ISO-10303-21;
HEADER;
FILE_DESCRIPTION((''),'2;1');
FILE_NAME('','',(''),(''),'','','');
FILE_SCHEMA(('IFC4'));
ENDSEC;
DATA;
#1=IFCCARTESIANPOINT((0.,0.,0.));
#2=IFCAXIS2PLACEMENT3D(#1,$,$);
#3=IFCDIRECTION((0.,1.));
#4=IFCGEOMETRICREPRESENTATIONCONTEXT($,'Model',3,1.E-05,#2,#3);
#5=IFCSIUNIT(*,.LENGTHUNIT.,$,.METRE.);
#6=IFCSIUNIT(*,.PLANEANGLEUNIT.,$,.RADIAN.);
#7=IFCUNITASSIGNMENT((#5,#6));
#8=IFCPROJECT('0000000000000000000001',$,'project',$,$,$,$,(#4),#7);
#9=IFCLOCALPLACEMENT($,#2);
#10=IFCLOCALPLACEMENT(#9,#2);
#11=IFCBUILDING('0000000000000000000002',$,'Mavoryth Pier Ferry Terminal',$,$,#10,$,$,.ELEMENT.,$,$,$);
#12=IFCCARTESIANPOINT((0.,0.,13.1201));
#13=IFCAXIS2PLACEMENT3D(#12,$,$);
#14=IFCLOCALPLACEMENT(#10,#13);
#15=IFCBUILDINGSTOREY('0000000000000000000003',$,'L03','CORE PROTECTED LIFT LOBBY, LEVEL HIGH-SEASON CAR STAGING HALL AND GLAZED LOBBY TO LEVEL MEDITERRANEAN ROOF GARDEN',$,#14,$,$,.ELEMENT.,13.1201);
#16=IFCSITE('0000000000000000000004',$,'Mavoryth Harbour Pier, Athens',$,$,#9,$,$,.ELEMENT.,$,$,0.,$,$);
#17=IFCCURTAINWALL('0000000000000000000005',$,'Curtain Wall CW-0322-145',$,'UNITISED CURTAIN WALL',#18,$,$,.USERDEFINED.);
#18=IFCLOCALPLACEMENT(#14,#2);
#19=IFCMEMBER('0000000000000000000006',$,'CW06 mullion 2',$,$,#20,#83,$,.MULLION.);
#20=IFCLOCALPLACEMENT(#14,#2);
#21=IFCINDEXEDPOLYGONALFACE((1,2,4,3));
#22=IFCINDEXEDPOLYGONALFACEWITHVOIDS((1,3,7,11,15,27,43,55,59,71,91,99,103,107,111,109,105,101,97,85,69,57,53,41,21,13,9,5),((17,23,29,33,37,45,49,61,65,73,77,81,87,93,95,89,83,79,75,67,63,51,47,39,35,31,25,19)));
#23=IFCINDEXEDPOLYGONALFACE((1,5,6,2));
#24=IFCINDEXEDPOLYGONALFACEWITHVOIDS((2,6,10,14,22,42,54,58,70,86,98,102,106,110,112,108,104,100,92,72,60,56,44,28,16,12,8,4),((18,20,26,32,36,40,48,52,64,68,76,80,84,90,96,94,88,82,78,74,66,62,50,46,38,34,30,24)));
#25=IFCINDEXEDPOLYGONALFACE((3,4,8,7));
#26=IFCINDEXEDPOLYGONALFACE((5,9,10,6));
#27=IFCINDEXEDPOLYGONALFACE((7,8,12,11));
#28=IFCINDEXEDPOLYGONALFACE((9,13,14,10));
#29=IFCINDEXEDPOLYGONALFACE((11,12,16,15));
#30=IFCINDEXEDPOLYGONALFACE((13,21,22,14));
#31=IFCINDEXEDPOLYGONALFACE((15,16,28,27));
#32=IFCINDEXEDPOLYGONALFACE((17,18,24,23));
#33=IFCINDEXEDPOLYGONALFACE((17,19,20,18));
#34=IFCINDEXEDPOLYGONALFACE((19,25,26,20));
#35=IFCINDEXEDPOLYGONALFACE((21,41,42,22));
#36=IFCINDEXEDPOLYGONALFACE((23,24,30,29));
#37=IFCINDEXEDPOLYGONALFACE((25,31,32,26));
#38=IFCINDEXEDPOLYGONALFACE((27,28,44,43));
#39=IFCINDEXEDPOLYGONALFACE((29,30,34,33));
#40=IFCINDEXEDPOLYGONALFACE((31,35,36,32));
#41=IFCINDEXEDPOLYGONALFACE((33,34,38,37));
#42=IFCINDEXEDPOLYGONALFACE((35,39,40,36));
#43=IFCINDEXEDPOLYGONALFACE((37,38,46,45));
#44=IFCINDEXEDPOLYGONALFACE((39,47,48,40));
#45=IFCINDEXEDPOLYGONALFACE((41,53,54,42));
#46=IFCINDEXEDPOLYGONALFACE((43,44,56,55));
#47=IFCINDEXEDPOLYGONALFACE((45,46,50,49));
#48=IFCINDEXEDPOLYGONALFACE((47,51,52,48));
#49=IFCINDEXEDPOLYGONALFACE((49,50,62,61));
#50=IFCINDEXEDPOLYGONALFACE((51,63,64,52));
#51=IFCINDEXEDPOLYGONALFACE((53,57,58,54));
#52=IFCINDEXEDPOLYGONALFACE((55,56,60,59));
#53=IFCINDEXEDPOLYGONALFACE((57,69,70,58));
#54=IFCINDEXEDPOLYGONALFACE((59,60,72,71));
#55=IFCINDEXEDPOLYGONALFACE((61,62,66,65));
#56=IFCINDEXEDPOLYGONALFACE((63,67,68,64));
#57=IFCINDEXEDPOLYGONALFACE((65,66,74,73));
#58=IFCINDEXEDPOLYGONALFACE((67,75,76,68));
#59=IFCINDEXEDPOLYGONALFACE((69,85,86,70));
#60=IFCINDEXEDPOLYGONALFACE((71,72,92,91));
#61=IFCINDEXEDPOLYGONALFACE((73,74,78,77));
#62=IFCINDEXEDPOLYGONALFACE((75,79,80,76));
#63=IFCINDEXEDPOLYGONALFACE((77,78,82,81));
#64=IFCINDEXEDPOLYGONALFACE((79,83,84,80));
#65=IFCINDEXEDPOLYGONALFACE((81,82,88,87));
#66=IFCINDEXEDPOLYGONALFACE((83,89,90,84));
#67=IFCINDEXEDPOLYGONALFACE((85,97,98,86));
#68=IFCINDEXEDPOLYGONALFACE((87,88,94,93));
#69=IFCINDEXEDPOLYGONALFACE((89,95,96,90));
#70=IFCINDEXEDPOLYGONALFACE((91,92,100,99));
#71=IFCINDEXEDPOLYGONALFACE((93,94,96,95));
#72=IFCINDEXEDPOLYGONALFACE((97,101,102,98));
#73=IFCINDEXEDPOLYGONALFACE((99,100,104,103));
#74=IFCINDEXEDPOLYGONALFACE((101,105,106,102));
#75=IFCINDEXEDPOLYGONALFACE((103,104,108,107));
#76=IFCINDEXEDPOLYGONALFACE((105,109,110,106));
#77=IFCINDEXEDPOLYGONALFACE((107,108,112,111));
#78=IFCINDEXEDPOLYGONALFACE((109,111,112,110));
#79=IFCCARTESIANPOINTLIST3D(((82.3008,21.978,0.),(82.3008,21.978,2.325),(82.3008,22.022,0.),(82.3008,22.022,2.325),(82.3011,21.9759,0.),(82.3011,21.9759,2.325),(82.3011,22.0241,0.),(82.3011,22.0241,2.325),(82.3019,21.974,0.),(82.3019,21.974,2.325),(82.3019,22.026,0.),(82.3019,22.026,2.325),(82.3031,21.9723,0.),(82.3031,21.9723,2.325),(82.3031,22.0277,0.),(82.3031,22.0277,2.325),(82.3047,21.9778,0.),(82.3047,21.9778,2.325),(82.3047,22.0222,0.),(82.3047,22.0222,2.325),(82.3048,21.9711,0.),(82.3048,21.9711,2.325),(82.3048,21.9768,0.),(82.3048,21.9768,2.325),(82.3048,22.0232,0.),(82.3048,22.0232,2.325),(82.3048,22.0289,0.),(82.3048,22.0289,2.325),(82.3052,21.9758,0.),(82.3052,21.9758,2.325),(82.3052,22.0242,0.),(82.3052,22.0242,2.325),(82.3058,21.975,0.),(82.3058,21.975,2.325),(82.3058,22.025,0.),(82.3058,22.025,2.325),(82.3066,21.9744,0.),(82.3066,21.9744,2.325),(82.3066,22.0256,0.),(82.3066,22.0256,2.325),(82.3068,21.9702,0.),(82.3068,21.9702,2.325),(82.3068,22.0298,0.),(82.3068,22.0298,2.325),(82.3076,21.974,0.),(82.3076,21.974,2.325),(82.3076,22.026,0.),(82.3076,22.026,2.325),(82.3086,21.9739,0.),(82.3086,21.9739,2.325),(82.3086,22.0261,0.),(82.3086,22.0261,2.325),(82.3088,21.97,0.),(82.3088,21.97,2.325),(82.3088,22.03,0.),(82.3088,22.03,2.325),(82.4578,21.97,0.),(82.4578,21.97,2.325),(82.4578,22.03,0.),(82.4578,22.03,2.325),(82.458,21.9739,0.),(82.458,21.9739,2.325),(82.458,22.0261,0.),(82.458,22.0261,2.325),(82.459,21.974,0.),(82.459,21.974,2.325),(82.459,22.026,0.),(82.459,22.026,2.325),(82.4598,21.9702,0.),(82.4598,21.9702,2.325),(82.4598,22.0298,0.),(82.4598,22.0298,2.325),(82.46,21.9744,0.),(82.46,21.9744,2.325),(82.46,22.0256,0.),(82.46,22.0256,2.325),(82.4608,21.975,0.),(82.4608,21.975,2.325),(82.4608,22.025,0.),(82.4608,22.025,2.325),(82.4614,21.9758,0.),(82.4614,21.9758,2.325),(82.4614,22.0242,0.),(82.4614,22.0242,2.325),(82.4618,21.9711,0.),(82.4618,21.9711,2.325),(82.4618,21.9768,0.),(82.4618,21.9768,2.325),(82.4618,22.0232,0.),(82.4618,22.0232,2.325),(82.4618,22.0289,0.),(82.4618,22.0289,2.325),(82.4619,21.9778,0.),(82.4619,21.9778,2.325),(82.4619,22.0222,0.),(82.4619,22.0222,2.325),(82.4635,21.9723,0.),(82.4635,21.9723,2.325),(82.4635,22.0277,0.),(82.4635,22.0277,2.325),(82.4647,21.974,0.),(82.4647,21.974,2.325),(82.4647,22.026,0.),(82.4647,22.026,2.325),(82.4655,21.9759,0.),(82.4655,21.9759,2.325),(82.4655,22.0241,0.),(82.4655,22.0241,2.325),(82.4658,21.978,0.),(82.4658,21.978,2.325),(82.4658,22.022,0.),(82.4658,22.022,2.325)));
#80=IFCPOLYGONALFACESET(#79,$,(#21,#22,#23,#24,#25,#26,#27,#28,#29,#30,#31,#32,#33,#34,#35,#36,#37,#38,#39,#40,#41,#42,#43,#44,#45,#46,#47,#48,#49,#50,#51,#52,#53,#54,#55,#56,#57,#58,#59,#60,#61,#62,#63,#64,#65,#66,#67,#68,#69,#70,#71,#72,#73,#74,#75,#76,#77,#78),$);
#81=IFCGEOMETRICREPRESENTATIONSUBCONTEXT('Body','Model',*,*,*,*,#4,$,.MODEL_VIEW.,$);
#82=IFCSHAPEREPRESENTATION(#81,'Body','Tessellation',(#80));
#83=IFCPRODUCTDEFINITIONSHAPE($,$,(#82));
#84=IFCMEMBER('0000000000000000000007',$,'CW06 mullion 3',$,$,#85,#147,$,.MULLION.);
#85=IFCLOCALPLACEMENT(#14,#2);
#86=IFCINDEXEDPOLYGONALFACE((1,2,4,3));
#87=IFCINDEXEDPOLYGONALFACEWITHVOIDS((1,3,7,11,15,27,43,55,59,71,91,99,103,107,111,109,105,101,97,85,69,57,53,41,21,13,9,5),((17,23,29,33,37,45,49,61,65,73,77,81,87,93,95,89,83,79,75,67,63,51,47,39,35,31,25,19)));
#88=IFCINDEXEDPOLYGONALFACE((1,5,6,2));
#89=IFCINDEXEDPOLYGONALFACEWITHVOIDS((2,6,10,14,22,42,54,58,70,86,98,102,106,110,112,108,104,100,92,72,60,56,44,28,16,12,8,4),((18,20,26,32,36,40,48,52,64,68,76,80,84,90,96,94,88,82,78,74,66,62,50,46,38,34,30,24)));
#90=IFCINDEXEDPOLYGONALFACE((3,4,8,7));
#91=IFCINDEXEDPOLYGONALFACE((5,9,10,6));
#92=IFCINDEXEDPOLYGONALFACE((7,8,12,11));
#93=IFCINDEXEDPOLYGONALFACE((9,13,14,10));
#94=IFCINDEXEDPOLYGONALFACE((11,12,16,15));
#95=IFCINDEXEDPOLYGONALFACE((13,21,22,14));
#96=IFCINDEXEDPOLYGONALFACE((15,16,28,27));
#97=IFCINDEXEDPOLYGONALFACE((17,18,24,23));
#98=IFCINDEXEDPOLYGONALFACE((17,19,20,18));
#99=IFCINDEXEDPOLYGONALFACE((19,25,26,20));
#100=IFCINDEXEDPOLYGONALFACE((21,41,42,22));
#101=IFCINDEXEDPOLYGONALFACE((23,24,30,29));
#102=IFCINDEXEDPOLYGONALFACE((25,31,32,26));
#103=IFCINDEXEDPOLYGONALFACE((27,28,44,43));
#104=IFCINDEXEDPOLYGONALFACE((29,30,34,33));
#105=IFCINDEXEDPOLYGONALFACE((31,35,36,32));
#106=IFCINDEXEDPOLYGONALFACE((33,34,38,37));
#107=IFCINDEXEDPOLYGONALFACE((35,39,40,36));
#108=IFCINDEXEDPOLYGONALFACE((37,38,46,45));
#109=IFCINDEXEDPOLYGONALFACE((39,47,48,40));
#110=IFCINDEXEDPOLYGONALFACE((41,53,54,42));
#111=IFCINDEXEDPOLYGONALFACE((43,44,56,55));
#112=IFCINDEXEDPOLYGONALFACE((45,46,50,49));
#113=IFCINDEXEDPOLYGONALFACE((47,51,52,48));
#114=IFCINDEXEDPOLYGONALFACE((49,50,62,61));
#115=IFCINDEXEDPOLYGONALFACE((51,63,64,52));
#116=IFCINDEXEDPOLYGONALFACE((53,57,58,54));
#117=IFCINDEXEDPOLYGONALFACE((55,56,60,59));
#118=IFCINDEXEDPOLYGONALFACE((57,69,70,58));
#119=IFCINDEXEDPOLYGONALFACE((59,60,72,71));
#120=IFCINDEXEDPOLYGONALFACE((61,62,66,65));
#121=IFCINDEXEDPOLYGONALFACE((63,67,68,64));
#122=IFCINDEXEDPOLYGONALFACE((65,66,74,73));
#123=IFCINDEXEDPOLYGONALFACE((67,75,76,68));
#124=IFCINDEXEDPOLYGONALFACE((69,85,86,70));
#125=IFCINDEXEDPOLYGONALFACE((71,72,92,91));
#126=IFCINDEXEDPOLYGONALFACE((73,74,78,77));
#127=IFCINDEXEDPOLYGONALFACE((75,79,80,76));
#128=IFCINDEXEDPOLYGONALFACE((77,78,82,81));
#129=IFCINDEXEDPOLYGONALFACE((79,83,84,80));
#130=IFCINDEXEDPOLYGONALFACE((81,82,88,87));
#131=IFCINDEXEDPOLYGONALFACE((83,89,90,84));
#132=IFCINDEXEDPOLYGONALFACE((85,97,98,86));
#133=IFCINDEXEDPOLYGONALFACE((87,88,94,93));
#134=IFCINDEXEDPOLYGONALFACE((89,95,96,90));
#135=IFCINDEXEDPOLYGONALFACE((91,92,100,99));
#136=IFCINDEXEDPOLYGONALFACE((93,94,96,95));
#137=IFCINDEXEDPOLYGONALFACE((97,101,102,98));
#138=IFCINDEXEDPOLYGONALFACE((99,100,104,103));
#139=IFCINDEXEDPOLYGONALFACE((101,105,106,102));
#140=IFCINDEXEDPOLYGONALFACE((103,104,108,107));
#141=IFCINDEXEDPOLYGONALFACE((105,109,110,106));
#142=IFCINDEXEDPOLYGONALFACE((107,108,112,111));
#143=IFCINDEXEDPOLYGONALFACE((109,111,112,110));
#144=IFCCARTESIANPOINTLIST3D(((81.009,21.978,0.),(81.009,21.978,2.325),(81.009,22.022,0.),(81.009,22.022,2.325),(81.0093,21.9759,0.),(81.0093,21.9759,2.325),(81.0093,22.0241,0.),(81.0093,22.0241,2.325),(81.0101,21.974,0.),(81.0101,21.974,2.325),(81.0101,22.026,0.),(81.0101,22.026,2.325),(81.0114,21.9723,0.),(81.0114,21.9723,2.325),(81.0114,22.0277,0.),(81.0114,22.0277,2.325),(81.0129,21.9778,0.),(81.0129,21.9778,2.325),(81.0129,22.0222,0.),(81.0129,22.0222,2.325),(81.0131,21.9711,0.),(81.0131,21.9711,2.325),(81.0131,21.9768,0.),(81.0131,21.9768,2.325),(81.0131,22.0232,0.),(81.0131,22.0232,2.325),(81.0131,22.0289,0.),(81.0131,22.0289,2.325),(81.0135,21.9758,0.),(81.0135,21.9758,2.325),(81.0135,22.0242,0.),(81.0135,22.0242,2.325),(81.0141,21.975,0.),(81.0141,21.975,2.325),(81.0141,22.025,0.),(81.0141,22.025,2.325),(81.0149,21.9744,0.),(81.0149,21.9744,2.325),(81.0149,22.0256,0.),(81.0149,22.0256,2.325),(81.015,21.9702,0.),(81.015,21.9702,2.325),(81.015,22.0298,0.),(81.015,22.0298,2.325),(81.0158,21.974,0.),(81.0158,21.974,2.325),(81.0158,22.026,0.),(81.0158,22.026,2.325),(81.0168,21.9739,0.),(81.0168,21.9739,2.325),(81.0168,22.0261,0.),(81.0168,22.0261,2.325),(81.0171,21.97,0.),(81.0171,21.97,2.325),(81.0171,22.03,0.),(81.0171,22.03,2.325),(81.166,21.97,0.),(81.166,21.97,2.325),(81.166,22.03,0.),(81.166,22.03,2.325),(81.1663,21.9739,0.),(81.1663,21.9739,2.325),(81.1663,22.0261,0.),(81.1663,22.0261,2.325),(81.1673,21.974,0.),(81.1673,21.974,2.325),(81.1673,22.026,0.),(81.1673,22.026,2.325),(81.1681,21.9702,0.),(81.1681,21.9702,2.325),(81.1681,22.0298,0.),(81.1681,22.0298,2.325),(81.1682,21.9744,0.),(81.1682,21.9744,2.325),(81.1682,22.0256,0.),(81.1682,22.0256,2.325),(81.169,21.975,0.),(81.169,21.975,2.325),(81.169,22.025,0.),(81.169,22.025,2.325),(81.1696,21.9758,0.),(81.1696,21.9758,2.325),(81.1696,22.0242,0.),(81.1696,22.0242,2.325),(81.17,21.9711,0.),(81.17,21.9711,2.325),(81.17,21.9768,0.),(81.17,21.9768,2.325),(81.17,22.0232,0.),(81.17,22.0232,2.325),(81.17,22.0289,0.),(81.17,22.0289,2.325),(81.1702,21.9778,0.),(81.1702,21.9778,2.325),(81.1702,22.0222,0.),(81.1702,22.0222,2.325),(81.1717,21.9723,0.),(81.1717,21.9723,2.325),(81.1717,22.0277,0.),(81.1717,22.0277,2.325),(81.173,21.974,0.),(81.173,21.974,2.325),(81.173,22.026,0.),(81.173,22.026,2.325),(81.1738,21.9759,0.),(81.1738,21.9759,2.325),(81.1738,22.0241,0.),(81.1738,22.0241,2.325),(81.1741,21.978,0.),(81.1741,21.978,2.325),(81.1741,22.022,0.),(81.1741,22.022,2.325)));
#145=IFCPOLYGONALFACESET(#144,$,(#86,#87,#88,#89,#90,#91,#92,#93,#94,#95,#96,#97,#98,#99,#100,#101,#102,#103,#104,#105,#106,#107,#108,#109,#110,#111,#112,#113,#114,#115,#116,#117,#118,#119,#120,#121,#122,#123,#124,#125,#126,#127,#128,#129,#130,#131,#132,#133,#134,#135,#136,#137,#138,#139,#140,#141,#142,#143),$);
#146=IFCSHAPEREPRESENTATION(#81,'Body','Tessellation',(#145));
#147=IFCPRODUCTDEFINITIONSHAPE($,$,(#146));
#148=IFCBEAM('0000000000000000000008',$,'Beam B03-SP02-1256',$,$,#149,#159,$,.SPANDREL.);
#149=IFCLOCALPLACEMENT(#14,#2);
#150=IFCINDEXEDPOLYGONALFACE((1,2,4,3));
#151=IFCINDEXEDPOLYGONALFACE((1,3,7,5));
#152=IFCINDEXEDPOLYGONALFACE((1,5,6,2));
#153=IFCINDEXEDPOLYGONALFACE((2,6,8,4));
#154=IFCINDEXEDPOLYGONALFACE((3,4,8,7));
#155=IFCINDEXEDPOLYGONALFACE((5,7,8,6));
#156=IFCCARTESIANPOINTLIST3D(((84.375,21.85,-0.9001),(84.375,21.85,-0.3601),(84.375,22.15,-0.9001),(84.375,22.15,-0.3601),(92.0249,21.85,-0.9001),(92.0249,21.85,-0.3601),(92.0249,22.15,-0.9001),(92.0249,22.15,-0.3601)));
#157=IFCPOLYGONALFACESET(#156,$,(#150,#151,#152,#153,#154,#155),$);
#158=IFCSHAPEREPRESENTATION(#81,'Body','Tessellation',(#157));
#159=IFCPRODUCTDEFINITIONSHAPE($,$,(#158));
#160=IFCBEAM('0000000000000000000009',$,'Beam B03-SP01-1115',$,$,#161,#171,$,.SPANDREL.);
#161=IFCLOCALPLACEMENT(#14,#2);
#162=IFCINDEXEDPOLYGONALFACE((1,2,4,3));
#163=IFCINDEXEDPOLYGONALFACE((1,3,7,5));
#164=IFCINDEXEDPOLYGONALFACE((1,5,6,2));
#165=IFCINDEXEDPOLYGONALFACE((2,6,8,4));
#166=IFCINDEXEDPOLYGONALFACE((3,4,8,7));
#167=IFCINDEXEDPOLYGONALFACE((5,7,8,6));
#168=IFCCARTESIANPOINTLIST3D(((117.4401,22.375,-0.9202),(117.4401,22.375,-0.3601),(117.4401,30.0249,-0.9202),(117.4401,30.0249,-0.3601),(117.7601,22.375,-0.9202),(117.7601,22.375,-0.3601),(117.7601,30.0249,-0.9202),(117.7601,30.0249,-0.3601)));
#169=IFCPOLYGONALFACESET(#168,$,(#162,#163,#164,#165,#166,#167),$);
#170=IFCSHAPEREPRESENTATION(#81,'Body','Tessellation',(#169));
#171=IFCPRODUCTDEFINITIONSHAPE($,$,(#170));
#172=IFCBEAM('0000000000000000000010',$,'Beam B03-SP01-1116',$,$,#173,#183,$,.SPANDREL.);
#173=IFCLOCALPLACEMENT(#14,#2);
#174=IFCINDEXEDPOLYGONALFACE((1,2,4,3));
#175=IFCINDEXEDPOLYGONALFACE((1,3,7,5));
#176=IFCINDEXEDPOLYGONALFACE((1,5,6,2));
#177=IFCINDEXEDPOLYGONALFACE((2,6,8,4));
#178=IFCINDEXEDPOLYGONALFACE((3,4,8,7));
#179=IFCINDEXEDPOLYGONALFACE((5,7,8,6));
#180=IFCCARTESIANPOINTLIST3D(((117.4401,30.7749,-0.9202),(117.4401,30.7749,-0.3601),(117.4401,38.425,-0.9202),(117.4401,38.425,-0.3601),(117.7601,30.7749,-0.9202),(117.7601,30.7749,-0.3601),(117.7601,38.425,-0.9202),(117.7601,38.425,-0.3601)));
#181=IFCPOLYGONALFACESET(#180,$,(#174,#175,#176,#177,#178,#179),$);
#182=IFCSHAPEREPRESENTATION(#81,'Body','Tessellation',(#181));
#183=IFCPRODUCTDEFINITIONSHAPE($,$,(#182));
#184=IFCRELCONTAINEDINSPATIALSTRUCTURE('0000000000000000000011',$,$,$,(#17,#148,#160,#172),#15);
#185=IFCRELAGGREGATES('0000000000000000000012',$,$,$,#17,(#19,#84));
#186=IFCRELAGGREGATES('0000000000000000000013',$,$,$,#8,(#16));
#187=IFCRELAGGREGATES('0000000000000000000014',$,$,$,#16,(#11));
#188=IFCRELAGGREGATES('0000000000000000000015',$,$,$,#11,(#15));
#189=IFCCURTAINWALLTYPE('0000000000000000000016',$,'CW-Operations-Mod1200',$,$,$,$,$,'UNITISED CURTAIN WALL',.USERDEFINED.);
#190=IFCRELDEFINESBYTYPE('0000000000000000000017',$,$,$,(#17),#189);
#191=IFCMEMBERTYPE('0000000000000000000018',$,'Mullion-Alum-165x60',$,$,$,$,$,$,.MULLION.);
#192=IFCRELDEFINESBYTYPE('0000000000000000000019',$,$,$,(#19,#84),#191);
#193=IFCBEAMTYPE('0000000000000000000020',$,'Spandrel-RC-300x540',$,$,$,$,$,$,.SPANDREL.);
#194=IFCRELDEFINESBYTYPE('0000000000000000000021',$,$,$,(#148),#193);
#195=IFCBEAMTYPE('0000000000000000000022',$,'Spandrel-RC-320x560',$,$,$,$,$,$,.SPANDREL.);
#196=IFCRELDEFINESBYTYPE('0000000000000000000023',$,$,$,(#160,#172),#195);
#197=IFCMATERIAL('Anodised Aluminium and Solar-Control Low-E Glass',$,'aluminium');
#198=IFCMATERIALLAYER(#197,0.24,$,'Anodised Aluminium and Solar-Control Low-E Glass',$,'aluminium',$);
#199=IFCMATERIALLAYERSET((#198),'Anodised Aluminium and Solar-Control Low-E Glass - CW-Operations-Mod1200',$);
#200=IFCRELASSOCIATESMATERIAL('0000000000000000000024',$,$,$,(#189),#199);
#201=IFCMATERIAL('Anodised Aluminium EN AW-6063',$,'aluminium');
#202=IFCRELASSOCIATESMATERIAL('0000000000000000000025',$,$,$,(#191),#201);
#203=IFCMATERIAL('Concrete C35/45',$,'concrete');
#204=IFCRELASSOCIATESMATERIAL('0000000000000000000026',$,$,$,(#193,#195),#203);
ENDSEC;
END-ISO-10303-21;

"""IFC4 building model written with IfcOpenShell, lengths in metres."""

from ifc_helpers import new_model, si_unit, direction, frame, origin, origin_2d, place, context, subcontext, project, spatial, rectangle, hollow_rectangle, extrude, material, layer, layer_set, material_profile, profile_set, type_object, element, aggregate, save


model = new_model("IFC4")

# Units and contexts
model_context = context("Model", 3, precision=1e-05, world=origin(), true_north=direction((0.0, 1.0)))
body_context = subcontext(model_context, "Body", "Model", "MODEL_VIEW")
ifc_project = project(units=[si_unit("LENGTHUNIT", "METRE"), si_unit("PLANEANGLEUNIT", "RADIAN")], contexts=[model_context])

# Site, building, storey
site_placement = place(None, origin())
site = spatial("IfcSite", under=ifc_project, at=site_placement, Name="Mavoryth Harbour Pier, Athens", CompositionType="ELEMENT", RefElevation=0.0)
building_placement = place(site_placement, origin())
building = spatial("IfcBuilding", under=site, at=building_placement, Name="Mavoryth Pier Ferry Terminal", CompositionType="ELEMENT")
storey_placement = place(building_placement, frame((0.0, 0.0, 13.1201)))
storey = spatial("IfcBuildingStorey", under=building, at=storey_placement, Name="L03", Description="CORE PROTECTED LIFT LOBBY, LEVEL HIGH-SEASON CAR STAGING HALL AND GLAZED LOBBY TO LEVEL MEDITERRANEAN ROOF GARDEN", CompositionType="ELEMENT", Elevation=13.1201)

# Shared definitions
ifc_material_1 = material(Name="Concrete C35/45", Category="concrete")

# Curtain wall, members
ifc_material_2 = material(Name="Anodised Aluminium and Solar-Control Low-E Glass", Category="aluminium")
ifc_layer_1 = layer(ifc_material_2, 0.24, Name="Anodised Aluminium and Solar-Control Low-E Glass", Category="aluminium")
ifc_layer_set_1 = layer_set([ifc_layer_1], Name="Anodised Aluminium and Solar-Control Low-E Glass - CW-Operations-Mod1200")
curtain_wall_type = type_object("IfcCurtainWallType", Name="CW-Operations-Mod1200", ElementType="UNITISED CURTAIN WALL", PredefinedType="USERDEFINED", material=ifc_layer_set_1)
curtain_wall_placement = place(storey_placement, origin())
curtain_wall = element("IfcCurtainWall", 1, at=curtain_wall_placement, inside=storey, type_object=curtain_wall_type, Name="Curtain Wall CW-0322-145", ObjectType="UNITISED CURTAIN WALL", PredefinedType="USERDEFINED")
ifc_material_3 = material(Name="Anodised Aluminium EN AW-6063", Category="aluminium")
ifc_material_profile_1 = material_profile(ifc_material_3, hollow_rectangle(XDim=0.0601, YDim=0.165, WallThickness=0.0039, InnerFilletRadius=0.0039, OuterFilletRadius=0.0081, at=origin_2d()), Name="AL-MULL 165x60x4", Category="aluminium")
ifc_profile_set_1 = profile_set([ifc_material_profile_1], Name="Anodised Aluminium EN AW-6063 - AL-MULL 165x60x4")
member_type_1 = type_object("IfcMemberType", Name="Mullion-Alum-165x60", PredefinedType="MULLION", material=ifc_profile_set_1)
member_1_placement = place(storey_placement, frame((82.3833, 22.0, 0.0), z_axis=(0.0, 0.0, 1.0), x_axis=(0.0, -1.0, 0.0)))
member_1 = element("IfcMember", 2, at=member_1_placement, type_object=member_type_1, Name="CW06 mullion 2", PredefinedType="MULLION", context=body_context, shape_type="SweptSolid", body=[
    extrude(hollow_rectangle(XDim=0.0601, YDim=0.165, WallThickness=0.0039, InnerFilletRadius=0.0039, OuterFilletRadius=0.0081, at=origin_2d()), origin(), (0.0, 0.0, 1.0), 2.325),
])
member_2_placement = place(storey_placement, frame((81.0916, 22.0, 0.0), z_axis=(0.0, 0.0, 1.0), x_axis=(0.0, -1.0, 0.0)))
member_2 = element("IfcMember", 3, at=member_2_placement, type_object=member_type_1, Name="CW06 mullion 3", PredefinedType="MULLION", context=body_context, shape_type="SweptSolid", body=[
    extrude(hollow_rectangle(XDim=0.0601, YDim=0.165, WallThickness=0.0039, InnerFilletRadius=0.0039, OuterFilletRadius=0.0081, at=origin_2d()), origin(), (0.0, 0.0, 1.0), 2.325),
])

# Beams
ifc_material_profile_2 = material_profile(ifc_material_1, rectangle(XDim=0.3, YDim=0.54, at=origin_2d()), Name="RC 300x540", Category="concrete")
ifc_profile_set_2 = profile_set([ifc_material_profile_2], Name="Concrete C35/45 - RC 300x540")
beam_type_1 = type_object("IfcBeamType", Name="Spandrel-RC-300x540", PredefinedType="SPANDREL", material=ifc_profile_set_2)
beam_1_placement = place(storey_placement, frame((84.375, 22.0, -0.6301), z_axis=(1.0, 0.0, 0.0), x_axis=(0.0, 1.0, 0.0)))
element("IfcBeam", 4, at=beam_1_placement, inside=storey, type_object=beam_type_1, Name="Beam B03-SP02-1256", PredefinedType="SPANDREL", context=body_context, shape_type="SweptSolid", body=[
    extrude(rectangle(XDim=0.3, YDim=0.54, at=origin_2d()), origin(), (0.0, 0.0, 1.0), 7.6499),
])
ifc_material_profile_3 = material_profile(ifc_material_1, rectangle(XDim=0.3201, YDim=0.5601, at=origin_2d()), Name="RC 320x560", Category="concrete")
ifc_profile_set_3 = profile_set([ifc_material_profile_3], Name="Concrete C35/45 - RC 320x560")
beam_type_2 = type_object("IfcBeamType", Name="Spandrel-RC-320x560", PredefinedType="SPANDREL", material=ifc_profile_set_3)
beam_2_placement = place(storey_placement, frame((117.6001, 22.375, -0.6401), z_axis=(0.0, 1.0, 0.0), x_axis=(-1.0, 0.0, 0.0)))
element("IfcBeam", 5, at=beam_2_placement, inside=storey, type_object=beam_type_2, Name="Beam B03-SP01-1115", PredefinedType="SPANDREL", context=body_context, shape_type="SweptSolid", body=[
    extrude(rectangle(XDim=0.3201, YDim=0.5601, at=origin_2d()), origin(), (0.0, 0.0, 1.0), 7.6499),
])
beam_3_placement = place(storey_placement, frame((117.6001, 30.7749, -0.6401), z_axis=(0.0, 1.0, 0.0), x_axis=(-1.0, 0.0, 0.0)))
element("IfcBeam", 6, at=beam_3_placement, inside=storey, type_object=beam_type_2, Name="Beam B03-SP01-1116", PredefinedType="SPANDREL", context=body_context, shape_type="SweptSolid", body=[
    extrude(rectangle(XDim=0.3201, YDim=0.5601, at=origin_2d()), origin(), (0.0, 0.0, 1.0), 7.6501),
])

aggregate(curtain_wall, [member_1, member_2])

save(model, "model.ifc")
